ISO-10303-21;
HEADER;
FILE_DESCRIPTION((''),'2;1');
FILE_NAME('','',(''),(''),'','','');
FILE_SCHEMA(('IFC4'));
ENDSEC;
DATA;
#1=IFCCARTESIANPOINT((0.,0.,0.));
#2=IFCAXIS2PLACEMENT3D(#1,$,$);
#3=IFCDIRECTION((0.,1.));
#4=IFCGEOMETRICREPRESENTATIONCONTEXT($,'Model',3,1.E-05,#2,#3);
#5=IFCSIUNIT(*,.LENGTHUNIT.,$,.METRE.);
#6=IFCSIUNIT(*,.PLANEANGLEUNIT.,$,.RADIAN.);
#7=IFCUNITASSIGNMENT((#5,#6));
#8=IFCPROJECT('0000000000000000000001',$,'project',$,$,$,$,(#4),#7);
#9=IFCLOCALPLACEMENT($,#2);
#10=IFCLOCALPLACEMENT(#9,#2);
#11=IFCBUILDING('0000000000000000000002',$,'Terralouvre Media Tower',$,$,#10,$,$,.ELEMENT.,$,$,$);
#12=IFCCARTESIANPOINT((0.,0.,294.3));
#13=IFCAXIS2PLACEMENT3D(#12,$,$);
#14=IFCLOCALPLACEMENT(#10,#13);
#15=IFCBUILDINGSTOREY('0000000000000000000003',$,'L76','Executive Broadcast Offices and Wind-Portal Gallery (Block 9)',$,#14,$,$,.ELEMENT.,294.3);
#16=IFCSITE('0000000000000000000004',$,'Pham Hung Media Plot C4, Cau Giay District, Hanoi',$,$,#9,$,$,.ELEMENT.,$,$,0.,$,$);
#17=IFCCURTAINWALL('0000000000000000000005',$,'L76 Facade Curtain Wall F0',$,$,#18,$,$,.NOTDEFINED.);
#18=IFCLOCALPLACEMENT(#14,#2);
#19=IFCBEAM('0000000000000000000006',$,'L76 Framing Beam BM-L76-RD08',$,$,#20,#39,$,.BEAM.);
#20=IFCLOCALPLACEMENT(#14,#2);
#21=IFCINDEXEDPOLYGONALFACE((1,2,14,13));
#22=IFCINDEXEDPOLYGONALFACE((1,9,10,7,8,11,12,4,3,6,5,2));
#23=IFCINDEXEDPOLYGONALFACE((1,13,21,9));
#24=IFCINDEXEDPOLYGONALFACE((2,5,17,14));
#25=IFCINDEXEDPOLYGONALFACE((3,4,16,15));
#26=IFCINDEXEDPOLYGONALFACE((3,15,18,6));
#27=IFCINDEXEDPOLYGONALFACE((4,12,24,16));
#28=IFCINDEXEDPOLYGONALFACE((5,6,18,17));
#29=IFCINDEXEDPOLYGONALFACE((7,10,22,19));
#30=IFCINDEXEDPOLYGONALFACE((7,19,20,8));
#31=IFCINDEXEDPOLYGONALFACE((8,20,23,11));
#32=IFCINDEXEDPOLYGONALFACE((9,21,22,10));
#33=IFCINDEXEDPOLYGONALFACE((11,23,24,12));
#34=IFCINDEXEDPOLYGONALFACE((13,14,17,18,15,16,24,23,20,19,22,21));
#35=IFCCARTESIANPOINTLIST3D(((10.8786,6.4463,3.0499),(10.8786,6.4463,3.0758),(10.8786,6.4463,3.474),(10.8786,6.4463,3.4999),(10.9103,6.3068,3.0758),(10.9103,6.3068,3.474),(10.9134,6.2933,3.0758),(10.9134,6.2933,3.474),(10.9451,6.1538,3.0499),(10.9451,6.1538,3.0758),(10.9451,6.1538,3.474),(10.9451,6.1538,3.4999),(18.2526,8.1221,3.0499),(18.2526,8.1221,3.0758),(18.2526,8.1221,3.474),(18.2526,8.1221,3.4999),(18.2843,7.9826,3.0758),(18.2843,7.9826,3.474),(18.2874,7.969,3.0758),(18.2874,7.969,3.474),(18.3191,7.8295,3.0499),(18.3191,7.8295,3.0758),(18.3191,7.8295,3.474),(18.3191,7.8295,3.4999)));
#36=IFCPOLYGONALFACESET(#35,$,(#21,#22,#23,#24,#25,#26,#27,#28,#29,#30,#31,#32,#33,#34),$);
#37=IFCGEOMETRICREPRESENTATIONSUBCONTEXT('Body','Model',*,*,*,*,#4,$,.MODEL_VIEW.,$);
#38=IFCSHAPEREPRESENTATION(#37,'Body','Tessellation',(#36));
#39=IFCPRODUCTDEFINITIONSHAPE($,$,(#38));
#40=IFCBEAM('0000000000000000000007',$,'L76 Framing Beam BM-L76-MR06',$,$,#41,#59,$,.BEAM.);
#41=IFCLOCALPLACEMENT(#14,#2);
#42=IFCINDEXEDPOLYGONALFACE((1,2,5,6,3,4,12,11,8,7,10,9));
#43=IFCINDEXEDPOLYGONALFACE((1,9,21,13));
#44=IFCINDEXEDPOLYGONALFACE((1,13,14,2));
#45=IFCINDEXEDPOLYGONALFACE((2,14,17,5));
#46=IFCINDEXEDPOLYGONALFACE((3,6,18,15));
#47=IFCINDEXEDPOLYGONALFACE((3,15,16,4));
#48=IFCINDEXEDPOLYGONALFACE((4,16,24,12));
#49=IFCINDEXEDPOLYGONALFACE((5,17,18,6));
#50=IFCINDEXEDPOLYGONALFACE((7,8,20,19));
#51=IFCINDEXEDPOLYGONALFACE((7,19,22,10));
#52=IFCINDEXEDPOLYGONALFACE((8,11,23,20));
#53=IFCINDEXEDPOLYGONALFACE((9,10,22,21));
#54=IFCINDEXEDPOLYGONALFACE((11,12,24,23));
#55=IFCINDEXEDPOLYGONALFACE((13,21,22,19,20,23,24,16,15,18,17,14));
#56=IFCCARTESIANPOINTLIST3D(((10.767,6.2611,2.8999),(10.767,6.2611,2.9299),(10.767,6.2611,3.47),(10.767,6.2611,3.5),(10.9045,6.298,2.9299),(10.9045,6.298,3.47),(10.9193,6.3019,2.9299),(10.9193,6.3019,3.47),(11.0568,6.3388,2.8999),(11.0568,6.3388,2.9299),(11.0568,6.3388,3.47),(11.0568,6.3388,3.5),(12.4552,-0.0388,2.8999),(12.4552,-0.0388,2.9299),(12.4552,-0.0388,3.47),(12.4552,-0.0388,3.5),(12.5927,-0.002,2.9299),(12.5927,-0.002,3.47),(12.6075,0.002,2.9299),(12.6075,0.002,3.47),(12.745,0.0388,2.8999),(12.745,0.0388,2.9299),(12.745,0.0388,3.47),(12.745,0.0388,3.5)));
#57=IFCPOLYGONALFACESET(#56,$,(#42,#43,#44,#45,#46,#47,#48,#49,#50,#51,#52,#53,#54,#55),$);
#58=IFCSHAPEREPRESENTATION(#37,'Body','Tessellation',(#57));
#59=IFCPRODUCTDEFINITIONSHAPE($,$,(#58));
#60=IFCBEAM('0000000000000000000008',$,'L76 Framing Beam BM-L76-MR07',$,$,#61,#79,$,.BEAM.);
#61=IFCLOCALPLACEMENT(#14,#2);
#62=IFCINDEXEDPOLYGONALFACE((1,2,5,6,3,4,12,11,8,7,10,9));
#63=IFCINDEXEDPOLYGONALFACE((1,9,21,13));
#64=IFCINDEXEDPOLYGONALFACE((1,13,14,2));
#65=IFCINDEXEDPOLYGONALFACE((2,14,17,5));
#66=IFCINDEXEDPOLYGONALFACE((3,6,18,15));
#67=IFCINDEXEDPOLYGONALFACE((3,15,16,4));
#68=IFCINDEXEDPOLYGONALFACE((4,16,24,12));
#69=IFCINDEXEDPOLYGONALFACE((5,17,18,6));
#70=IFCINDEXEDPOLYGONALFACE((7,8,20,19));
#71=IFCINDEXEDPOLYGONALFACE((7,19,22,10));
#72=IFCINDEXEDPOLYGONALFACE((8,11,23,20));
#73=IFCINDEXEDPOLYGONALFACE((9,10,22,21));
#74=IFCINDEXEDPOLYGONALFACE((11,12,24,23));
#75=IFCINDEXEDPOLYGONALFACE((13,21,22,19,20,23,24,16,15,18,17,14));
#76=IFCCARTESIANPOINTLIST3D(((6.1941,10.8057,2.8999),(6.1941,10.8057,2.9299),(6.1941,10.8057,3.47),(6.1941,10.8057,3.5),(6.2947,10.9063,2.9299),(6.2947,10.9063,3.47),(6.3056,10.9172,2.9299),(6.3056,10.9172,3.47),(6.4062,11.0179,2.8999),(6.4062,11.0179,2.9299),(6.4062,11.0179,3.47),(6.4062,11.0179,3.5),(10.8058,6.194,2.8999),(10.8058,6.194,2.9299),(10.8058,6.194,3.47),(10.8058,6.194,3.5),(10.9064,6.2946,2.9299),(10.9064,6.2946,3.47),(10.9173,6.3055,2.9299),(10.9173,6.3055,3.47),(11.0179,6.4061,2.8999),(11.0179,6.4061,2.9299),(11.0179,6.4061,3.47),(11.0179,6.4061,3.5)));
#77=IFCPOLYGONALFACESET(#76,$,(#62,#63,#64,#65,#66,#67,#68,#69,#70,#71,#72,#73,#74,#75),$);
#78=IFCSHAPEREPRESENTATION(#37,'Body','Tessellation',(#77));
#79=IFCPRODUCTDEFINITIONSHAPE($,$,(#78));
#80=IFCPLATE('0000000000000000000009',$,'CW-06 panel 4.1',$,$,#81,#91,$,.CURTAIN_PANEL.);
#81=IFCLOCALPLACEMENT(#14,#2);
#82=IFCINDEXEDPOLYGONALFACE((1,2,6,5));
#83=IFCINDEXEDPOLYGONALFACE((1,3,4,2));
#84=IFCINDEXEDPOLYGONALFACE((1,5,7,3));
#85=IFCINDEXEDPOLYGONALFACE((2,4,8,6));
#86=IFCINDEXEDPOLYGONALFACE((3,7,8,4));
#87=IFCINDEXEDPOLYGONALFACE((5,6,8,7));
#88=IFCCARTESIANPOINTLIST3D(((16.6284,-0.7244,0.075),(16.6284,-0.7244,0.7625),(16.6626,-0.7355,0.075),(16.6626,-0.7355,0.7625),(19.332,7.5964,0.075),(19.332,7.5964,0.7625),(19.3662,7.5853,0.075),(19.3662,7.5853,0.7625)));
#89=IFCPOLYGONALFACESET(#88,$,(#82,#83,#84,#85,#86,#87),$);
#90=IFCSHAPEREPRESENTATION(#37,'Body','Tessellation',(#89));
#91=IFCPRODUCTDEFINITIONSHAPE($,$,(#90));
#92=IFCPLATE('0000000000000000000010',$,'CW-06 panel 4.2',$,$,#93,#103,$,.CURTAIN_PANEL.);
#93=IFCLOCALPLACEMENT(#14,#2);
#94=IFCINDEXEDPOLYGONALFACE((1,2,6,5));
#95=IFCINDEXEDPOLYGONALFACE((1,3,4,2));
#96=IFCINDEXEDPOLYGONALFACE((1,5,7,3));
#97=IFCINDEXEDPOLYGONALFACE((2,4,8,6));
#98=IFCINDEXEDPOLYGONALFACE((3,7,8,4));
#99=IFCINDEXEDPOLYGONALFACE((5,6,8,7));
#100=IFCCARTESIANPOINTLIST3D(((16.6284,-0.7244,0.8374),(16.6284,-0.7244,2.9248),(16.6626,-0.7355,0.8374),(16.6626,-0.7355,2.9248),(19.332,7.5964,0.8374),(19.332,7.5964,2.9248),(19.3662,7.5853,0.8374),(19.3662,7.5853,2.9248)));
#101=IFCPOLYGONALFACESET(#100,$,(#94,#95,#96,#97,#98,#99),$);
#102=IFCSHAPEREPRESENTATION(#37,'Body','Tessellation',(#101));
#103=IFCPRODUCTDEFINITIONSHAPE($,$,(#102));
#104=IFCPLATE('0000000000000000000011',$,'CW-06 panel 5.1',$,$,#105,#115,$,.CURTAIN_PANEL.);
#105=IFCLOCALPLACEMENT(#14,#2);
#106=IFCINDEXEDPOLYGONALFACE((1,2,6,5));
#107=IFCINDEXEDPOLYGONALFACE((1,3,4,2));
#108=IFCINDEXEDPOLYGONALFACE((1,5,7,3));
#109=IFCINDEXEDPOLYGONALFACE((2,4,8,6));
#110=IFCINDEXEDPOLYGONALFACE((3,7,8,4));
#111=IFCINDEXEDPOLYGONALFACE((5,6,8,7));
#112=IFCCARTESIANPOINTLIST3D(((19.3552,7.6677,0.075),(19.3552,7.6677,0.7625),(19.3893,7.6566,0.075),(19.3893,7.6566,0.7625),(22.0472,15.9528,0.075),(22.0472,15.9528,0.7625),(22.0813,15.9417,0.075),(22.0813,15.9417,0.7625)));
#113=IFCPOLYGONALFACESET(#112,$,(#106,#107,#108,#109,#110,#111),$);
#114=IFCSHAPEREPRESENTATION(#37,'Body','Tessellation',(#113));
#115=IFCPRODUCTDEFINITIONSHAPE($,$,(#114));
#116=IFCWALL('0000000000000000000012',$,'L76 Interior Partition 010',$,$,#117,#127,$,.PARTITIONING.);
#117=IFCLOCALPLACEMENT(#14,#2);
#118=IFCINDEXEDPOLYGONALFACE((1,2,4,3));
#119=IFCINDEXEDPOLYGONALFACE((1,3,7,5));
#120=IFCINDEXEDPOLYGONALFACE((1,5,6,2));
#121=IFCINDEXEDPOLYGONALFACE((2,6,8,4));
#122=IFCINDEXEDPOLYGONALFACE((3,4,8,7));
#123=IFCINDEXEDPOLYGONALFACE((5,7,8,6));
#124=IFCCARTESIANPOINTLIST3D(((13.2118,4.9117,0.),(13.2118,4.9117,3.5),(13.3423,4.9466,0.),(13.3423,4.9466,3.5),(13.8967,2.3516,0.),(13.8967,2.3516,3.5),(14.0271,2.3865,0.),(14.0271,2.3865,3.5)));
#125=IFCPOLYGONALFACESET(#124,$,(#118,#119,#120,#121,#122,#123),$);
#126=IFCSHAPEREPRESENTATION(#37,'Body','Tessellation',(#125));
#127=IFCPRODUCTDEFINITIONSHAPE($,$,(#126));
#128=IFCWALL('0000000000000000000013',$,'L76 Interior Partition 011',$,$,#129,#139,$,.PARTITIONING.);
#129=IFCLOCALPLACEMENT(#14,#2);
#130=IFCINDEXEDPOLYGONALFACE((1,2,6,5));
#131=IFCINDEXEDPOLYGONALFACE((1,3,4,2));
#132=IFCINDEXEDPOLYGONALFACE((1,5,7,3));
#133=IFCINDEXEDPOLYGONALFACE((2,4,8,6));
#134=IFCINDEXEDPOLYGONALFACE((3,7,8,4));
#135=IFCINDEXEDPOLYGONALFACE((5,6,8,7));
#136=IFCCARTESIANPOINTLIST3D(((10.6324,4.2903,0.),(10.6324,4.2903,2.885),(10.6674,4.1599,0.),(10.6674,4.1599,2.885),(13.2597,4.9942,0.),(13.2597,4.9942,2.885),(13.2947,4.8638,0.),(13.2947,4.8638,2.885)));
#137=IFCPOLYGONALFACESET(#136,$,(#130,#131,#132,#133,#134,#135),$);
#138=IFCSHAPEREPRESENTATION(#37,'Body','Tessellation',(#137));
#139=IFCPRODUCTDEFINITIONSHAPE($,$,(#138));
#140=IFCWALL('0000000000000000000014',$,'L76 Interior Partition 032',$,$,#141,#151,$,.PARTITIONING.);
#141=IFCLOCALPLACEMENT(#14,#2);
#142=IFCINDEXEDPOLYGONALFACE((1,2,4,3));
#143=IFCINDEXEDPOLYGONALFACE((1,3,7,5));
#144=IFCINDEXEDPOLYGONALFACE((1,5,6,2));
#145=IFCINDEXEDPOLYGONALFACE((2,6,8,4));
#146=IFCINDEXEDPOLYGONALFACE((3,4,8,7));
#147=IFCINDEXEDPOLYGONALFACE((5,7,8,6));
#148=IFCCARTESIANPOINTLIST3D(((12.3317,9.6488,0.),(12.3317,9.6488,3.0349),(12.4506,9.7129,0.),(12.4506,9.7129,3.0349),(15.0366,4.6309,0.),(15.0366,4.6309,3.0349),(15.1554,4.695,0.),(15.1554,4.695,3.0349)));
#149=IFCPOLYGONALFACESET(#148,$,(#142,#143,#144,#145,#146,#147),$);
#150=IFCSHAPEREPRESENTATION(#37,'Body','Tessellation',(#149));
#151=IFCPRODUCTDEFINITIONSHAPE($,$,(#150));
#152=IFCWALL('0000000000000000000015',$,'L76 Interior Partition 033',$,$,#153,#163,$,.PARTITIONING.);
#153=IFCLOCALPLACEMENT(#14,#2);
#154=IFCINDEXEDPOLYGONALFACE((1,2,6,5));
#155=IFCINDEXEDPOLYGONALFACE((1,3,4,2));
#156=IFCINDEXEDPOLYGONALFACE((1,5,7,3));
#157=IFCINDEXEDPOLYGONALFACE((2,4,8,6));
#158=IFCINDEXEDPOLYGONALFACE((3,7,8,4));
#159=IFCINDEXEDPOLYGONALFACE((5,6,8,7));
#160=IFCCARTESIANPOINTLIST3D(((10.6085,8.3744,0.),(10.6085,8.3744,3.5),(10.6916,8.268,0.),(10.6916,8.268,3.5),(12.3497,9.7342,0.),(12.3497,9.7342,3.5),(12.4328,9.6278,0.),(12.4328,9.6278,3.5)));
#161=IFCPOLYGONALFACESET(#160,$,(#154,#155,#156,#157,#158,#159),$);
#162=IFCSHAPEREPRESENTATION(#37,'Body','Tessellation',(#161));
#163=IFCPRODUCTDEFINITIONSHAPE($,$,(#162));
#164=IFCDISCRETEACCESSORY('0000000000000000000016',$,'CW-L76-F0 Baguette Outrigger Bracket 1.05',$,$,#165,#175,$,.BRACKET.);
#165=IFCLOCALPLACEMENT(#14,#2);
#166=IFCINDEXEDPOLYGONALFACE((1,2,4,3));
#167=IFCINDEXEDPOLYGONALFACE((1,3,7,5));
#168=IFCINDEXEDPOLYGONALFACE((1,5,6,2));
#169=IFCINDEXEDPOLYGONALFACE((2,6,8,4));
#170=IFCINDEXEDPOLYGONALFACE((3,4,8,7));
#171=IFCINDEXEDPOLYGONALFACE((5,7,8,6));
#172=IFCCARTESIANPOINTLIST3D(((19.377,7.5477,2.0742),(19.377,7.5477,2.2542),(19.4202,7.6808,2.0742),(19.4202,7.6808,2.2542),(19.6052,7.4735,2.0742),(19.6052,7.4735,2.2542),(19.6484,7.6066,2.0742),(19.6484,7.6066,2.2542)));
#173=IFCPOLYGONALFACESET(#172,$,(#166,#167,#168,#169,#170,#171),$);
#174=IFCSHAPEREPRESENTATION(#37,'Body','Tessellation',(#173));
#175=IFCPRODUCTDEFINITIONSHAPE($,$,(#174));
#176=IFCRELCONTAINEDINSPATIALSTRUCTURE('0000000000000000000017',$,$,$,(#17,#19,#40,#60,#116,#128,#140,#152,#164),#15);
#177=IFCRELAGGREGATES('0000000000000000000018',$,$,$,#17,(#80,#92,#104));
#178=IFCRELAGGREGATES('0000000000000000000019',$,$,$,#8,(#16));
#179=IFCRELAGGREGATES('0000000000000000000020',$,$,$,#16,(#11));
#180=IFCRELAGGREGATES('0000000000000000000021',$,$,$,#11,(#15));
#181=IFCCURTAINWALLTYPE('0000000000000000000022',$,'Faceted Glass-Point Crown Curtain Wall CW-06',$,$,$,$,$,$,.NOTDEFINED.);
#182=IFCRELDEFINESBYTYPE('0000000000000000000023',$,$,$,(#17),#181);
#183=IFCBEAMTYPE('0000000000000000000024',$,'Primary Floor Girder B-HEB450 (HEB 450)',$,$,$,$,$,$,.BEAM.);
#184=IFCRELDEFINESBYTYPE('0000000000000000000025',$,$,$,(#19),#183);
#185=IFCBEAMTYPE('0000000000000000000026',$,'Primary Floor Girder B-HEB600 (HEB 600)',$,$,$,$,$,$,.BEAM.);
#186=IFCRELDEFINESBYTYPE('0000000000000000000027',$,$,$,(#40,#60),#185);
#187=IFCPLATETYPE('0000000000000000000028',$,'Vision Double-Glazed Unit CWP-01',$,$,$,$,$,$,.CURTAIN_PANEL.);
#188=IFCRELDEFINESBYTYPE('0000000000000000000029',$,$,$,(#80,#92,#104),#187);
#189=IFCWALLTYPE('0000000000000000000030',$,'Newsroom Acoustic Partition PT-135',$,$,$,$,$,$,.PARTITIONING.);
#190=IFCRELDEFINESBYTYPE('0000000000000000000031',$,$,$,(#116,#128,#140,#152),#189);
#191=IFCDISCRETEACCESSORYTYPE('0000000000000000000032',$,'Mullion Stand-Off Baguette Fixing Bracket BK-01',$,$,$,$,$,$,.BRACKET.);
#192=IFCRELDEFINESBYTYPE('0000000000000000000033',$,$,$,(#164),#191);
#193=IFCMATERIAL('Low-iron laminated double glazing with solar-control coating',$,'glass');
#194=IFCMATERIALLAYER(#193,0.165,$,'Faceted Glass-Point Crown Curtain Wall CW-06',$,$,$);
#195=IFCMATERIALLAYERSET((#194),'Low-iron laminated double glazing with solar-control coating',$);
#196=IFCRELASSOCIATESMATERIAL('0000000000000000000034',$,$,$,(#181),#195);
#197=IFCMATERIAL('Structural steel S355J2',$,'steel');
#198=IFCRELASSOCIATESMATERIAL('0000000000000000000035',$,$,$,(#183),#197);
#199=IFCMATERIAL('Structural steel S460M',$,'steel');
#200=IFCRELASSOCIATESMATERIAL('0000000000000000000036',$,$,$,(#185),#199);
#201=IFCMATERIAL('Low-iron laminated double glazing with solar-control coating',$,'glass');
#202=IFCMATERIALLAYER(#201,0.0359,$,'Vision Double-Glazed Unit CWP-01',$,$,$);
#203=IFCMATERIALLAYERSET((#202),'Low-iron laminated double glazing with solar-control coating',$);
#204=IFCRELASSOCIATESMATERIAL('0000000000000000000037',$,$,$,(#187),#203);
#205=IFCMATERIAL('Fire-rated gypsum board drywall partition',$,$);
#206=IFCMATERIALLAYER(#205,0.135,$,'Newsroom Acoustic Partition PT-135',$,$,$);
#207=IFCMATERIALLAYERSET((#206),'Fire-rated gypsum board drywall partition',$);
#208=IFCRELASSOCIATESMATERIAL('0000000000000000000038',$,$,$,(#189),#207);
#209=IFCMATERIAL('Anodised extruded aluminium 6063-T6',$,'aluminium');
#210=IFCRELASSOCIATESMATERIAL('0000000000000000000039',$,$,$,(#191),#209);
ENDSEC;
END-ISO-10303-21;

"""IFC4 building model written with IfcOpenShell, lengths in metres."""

from ifc_helpers import new_model, si_unit, direction, frame, frame_2d, origin, origin_2d, place, context, subcontext, project, spatial, rectangle, i_section, extrude, material, layer, layer_set, material_profile, profile_set, type_object, element, aggregate, save


model = new_model("IFC4")

# Units and contexts
model_context = context("Model", 3, precision=1e-05, world=origin(), true_north=direction((0.0, 1.0)))
body_context = subcontext(model_context, "Body", "Model", "MODEL_VIEW")
ifc_project = project(units=[si_unit("LENGTHUNIT", "METRE"), si_unit("PLANEANGLEUNIT", "RADIAN")], contexts=[model_context])

# Site, building, storey
site_placement = place(None, origin())
site = spatial("IfcSite", under=ifc_project, at=site_placement, Name="Pham Hung Media Plot C4, Cau Giay District, Hanoi", CompositionType="ELEMENT", RefElevation=0.0)
building_placement = place(site_placement, origin())
building = spatial("IfcBuilding", under=site, at=building_placement, Name="Terralouvre Media Tower", CompositionType="ELEMENT")
storey_placement = place(building_placement, frame((0.0, 0.0, 294.3)))
storey = spatial("IfcBuildingStorey", under=building, at=storey_placement, Name="L76", Description="Executive Broadcast Offices and Wind-Portal Gallery (Block 9)", CompositionType="ELEMENT", Elevation=294.3)

# Curtain wall
ifc_material_1 = material(Name="Low-iron laminated double glazing with solar-control coating", Category="glass")
ifc_layer_1 = layer(ifc_material_1, 0.165, Name="Faceted Glass-Point Crown Curtain Wall CW-06")
ifc_layer_set_1 = layer_set([ifc_layer_1], Name="Low-iron laminated double glazing with solar-control coating")
curtain_wall_type = type_object("IfcCurtainWallType", Name="Faceted Glass-Point Crown Curtain Wall CW-06", PredefinedType="NOTDEFINED", material=ifc_layer_set_1)
curtain_wall_placement = place(storey_placement, origin())
curtain_wall = element("IfcCurtainWall", 1, at=curtain_wall_placement, inside=storey, type_object=curtain_wall_type, Name="L76 Facade Curtain Wall F0", PredefinedType="NOTDEFINED")

# Beams
ifc_material_2 = material(Name="Structural steel S355J2", Category="steel")
ifc_material_profile_1 = material_profile(ifc_material_2, i_section(OverallWidth=0.3, OverallDepth=0.45, WebThickness=0.0139, FlangeThickness=0.0259, at=origin_2d()), Name="HEB 450")
ifc_profile_set_1 = profile_set([ifc_material_profile_1], Name="Structural steel S355J2")
beam_type_1 = type_object("IfcBeamType", Name="Primary Floor Girder B-HEB450 (HEB 450)", PredefinedType="BEAM", material=ifc_profile_set_1)
beam_1_placement = place(storey_placement, frame((10.9119, 6.3, 3.2749), z_axis=(0.975137, 0.221604, 0.0), x_axis=(-0.221604, 0.975137, 0.0)))
element("IfcBeam", 2, at=beam_1_placement, inside=storey, type_object=beam_type_1, Name="L76 Framing Beam BM-L76-RD08", PredefinedType="BEAM", context=body_context, shape_type="SweptSolid", body=[
    extrude(i_section(OverallWidth=0.3, OverallDepth=0.45, WebThickness=0.0139, FlangeThickness=0.0259, at=origin_2d()), origin(), (0.0, 0.0, 1.0), 7.562),
])
ifc_material_3 = material(Name="Structural steel S460M", Category="steel")
ifc_material_profile_2 = material_profile(ifc_material_3, i_section(OverallWidth=0.3, OverallDepth=0.6001, WebThickness=0.0154, FlangeThickness=0.03, at=origin_2d()), Name="HEB 600")
ifc_profile_set_2 = profile_set([ifc_material_profile_2], Name="Structural steel S460M")
beam_type_2 = type_object("IfcBeamType", Name="Primary Floor Girder B-HEB600 (HEB 600)", PredefinedType="BEAM", material=ifc_profile_set_2)
beam_2_placement = place(storey_placement, frame((12.6001, 0.0, 3.2), z_axis=(-0.258839, 0.96592, 0.0), x_axis=(-0.96592, -0.258839, 0.0)))
element("IfcBeam", 3, at=beam_2_placement, inside=storey, type_object=beam_type_2, Name="L76 Framing Beam BM-L76-MR06", PredefinedType="BEAM", context=body_context, shape_type="SweptSolid", body=[
    extrude(i_section(OverallWidth=0.3, OverallDepth=0.6001, WebThickness=0.0154, FlangeThickness=0.03, at=origin_2d()), origin(), (0.0, 0.0, 1.0), 6.5222),
])
beam_3_placement = place(storey_placement, frame((10.9119, 6.3, 3.2), z_axis=(-0.707107, 0.707107, 0.0), x_axis=(-0.707107, -0.707107, 0.0)))
element("IfcBeam", 4, at=beam_3_placement, inside=storey, type_object=beam_type_2, Name="L76 Framing Beam BM-L76-MR07", PredefinedType="BEAM", context=body_context, shape_type="SweptSolid", body=[
    extrude(i_section(OverallWidth=0.3, OverallDepth=0.6001, WebThickness=0.0154, FlangeThickness=0.03, at=origin_2d()), origin(), (0.0, 0.0, 1.0), 6.522),
])

# Plates
ifc_material_4 = material(Name="Low-iron laminated double glazing with solar-control coating", Category="glass")
ifc_layer_2 = layer(ifc_material_4, 0.0359, Name="Vision Double-Glazed Unit CWP-01")
ifc_layer_set_2 = layer_set([ifc_layer_2], Name="Low-iron laminated double glazing with solar-control coating")
plate_type = type_object("IfcPlateType", Name="Vision Double-Glazed Unit CWP-01", PredefinedType="CURTAIN_PANEL", material=ifc_layer_set_2)
plate_1_placement = place(storey_placement, frame((17.9973, 3.4304, 0.075), z_axis=(0.0, 0.0, 1.0), x_axis=(0.309017, 0.951057, 0.0)))
plate_1 = element("IfcPlate", 5, at=plate_1_placement, type_object=plate_type, Name="CW-06 panel 4.1", PredefinedType="CURTAIN_PANEL", context=body_context, shape_type="SweptSolid", body=[
    extrude(rectangle(XDim=8.749, YDim=0.0359, at=origin_2d()), origin(), (0.0, 0.0, 1.0), 0.6875),
])
plate_2_placement = place(storey_placement, frame((17.9973, 3.4304, 0.8374), z_axis=(0.0, 0.0, 1.0), x_axis=(0.309017, 0.951057, 0.0)))
plate_2 = element("IfcPlate", 6, at=plate_2_placement, type_object=plate_type, Name="CW-06 panel 4.2", PredefinedType="CURTAIN_PANEL", context=body_context, shape_type="SweptSolid", body=[
    extrude(rectangle(XDim=8.749, YDim=0.0359, at=origin_2d()), origin(), (0.0, 0.0, 1.0), 2.0874),
])
plate_3_placement = place(storey_placement, frame((20.7183, 11.8047, 0.075), z_axis=(0.0, 0.0, 1.0), x_axis=(0.309017, 0.951057, 0.0)))
plate_3 = element("IfcPlate", 7, at=plate_3_placement, type_object=plate_type, Name="CW-06 panel 5.1", PredefinedType="CURTAIN_PANEL", context=body_context, shape_type="SweptSolid", body=[
    extrude(rectangle(XDim=8.7114, YDim=0.0359, at=origin_2d()), origin(), (0.0, 0.0, 1.0), 0.6875),
])
aggregate(curtain_wall, [plate_1, plate_2, plate_3])

# Walls
ifc_material_5 = material(Name="Fire-rated gypsum board drywall partition")
ifc_layer_3 = layer(ifc_material_5, 0.135, Name="Newsroom Acoustic Partition PT-135")
ifc_layer_set_3 = layer_set([ifc_layer_3], Name="Fire-rated gypsum board drywall partition")
wall_type = type_object("IfcWallType", Name="Newsroom Acoustic Partition PT-135", PredefinedType="PARTITIONING", material=ifc_layer_set_3)
wall_1_placement = place(storey_placement, frame((13.9619, 2.3689, 0.0), z_axis=(0.0, 0.0, 1.0), x_axis=(-0.258414, 0.966034, 0.0)))
element("IfcWall", 8, at=wall_1_placement, inside=storey, type_object=wall_type, Name="L76 Interior Partition 010", PredefinedType="PARTITIONING", context=body_context, shape_type="SweptSolid", body=[
    extrude(rectangle(XDim=2.6501, YDim=0.135, at=frame_2d((1.3252, 0.0))), origin(), (0.0, 0.0, 1.0), 3.5),
])
wall_2_placement = place(storey_placement, frame((13.2771, 4.929, 0.0), z_axis=(0.0, 0.0, 1.0), x_axis=(-0.965935, -0.258785, 0.0)))
element("IfcWall", 9, at=wall_2_placement, inside=storey, type_object=wall_type, Name="L76 Interior Partition 011", PredefinedType="PARTITIONING", context=body_context, shape_type="SweptSolid", body=[
    extrude(rectangle(XDim=2.72, YDim=0.135, at=frame_2d((1.3599, 0.0))), origin(), (0.0, 0.0, 1.0), 2.885),
])
wall_3_placement = place(storey_placement, frame((15.0959, 4.6631, 0.0), z_axis=(0.0, 0.0, 1.0), x_axis=(-0.474498, 0.880256, 0.0)))
element("IfcWall", 10, at=wall_3_placement, inside=storey, type_object=wall_type, Name="L76 Interior Partition 032", PredefinedType="PARTITIONING", context=body_context, shape_type="SweptSolid", body=[
    extrude(rectangle(XDim=5.7004, YDim=0.135, at=frame_2d((2.8501, 0.0))), origin(), (0.0, 0.0, 1.0), 3.0349),
])
wall_4_placement = place(storey_placement, frame((12.3911, 9.6809, 0.0), z_axis=(0.0, 0.0, 1.0), x_axis=(-0.788125, -0.615515, 0.0)))
element("IfcWall", 11, at=wall_4_placement, inside=storey, type_object=wall_type, Name="L76 Interior Partition 033", PredefinedType="PARTITIONING", context=body_context, shape_type="SweptSolid", body=[
    extrude(rectangle(XDim=2.2092, YDim=0.135, at=frame_2d((1.1045, 0.0))), origin(), (0.0, 0.0, 1.0), 3.5),
])

# Discrete accessory
ifc_material_6 = material(Name="Anodised extruded aluminium 6063-T6", Category="aluminium")
discrete_accessory_type = type_object("IfcDiscreteAccessoryType", Name="Mullion Stand-Off Baguette Fixing Bracket BK-01", PredefinedType="BRACKET", material=ifc_material_6)
discrete_accessory_placement = place(storey_placement, frame((19.5127, 7.5771, 2.0742), z_axis=(0.0, 0.0, 1.0), x_axis=(0.309017, 0.951057, 0.0)))
element("IfcDiscreteAccessory", 12, at=discrete_accessory_placement, inside=storey, type_object=discrete_accessory_type, Name="CW-L76-F0 Baguette Outrigger Bracket 1.05", PredefinedType="BRACKET", context=body_context, shape_type="SweptSolid", body=[
    extrude(rectangle(XDim=0.1399, YDim=0.24, at=origin_2d()), origin(), (0.0, 0.0, 1.0), 0.1799),
])

save(model, "model.ifc")
